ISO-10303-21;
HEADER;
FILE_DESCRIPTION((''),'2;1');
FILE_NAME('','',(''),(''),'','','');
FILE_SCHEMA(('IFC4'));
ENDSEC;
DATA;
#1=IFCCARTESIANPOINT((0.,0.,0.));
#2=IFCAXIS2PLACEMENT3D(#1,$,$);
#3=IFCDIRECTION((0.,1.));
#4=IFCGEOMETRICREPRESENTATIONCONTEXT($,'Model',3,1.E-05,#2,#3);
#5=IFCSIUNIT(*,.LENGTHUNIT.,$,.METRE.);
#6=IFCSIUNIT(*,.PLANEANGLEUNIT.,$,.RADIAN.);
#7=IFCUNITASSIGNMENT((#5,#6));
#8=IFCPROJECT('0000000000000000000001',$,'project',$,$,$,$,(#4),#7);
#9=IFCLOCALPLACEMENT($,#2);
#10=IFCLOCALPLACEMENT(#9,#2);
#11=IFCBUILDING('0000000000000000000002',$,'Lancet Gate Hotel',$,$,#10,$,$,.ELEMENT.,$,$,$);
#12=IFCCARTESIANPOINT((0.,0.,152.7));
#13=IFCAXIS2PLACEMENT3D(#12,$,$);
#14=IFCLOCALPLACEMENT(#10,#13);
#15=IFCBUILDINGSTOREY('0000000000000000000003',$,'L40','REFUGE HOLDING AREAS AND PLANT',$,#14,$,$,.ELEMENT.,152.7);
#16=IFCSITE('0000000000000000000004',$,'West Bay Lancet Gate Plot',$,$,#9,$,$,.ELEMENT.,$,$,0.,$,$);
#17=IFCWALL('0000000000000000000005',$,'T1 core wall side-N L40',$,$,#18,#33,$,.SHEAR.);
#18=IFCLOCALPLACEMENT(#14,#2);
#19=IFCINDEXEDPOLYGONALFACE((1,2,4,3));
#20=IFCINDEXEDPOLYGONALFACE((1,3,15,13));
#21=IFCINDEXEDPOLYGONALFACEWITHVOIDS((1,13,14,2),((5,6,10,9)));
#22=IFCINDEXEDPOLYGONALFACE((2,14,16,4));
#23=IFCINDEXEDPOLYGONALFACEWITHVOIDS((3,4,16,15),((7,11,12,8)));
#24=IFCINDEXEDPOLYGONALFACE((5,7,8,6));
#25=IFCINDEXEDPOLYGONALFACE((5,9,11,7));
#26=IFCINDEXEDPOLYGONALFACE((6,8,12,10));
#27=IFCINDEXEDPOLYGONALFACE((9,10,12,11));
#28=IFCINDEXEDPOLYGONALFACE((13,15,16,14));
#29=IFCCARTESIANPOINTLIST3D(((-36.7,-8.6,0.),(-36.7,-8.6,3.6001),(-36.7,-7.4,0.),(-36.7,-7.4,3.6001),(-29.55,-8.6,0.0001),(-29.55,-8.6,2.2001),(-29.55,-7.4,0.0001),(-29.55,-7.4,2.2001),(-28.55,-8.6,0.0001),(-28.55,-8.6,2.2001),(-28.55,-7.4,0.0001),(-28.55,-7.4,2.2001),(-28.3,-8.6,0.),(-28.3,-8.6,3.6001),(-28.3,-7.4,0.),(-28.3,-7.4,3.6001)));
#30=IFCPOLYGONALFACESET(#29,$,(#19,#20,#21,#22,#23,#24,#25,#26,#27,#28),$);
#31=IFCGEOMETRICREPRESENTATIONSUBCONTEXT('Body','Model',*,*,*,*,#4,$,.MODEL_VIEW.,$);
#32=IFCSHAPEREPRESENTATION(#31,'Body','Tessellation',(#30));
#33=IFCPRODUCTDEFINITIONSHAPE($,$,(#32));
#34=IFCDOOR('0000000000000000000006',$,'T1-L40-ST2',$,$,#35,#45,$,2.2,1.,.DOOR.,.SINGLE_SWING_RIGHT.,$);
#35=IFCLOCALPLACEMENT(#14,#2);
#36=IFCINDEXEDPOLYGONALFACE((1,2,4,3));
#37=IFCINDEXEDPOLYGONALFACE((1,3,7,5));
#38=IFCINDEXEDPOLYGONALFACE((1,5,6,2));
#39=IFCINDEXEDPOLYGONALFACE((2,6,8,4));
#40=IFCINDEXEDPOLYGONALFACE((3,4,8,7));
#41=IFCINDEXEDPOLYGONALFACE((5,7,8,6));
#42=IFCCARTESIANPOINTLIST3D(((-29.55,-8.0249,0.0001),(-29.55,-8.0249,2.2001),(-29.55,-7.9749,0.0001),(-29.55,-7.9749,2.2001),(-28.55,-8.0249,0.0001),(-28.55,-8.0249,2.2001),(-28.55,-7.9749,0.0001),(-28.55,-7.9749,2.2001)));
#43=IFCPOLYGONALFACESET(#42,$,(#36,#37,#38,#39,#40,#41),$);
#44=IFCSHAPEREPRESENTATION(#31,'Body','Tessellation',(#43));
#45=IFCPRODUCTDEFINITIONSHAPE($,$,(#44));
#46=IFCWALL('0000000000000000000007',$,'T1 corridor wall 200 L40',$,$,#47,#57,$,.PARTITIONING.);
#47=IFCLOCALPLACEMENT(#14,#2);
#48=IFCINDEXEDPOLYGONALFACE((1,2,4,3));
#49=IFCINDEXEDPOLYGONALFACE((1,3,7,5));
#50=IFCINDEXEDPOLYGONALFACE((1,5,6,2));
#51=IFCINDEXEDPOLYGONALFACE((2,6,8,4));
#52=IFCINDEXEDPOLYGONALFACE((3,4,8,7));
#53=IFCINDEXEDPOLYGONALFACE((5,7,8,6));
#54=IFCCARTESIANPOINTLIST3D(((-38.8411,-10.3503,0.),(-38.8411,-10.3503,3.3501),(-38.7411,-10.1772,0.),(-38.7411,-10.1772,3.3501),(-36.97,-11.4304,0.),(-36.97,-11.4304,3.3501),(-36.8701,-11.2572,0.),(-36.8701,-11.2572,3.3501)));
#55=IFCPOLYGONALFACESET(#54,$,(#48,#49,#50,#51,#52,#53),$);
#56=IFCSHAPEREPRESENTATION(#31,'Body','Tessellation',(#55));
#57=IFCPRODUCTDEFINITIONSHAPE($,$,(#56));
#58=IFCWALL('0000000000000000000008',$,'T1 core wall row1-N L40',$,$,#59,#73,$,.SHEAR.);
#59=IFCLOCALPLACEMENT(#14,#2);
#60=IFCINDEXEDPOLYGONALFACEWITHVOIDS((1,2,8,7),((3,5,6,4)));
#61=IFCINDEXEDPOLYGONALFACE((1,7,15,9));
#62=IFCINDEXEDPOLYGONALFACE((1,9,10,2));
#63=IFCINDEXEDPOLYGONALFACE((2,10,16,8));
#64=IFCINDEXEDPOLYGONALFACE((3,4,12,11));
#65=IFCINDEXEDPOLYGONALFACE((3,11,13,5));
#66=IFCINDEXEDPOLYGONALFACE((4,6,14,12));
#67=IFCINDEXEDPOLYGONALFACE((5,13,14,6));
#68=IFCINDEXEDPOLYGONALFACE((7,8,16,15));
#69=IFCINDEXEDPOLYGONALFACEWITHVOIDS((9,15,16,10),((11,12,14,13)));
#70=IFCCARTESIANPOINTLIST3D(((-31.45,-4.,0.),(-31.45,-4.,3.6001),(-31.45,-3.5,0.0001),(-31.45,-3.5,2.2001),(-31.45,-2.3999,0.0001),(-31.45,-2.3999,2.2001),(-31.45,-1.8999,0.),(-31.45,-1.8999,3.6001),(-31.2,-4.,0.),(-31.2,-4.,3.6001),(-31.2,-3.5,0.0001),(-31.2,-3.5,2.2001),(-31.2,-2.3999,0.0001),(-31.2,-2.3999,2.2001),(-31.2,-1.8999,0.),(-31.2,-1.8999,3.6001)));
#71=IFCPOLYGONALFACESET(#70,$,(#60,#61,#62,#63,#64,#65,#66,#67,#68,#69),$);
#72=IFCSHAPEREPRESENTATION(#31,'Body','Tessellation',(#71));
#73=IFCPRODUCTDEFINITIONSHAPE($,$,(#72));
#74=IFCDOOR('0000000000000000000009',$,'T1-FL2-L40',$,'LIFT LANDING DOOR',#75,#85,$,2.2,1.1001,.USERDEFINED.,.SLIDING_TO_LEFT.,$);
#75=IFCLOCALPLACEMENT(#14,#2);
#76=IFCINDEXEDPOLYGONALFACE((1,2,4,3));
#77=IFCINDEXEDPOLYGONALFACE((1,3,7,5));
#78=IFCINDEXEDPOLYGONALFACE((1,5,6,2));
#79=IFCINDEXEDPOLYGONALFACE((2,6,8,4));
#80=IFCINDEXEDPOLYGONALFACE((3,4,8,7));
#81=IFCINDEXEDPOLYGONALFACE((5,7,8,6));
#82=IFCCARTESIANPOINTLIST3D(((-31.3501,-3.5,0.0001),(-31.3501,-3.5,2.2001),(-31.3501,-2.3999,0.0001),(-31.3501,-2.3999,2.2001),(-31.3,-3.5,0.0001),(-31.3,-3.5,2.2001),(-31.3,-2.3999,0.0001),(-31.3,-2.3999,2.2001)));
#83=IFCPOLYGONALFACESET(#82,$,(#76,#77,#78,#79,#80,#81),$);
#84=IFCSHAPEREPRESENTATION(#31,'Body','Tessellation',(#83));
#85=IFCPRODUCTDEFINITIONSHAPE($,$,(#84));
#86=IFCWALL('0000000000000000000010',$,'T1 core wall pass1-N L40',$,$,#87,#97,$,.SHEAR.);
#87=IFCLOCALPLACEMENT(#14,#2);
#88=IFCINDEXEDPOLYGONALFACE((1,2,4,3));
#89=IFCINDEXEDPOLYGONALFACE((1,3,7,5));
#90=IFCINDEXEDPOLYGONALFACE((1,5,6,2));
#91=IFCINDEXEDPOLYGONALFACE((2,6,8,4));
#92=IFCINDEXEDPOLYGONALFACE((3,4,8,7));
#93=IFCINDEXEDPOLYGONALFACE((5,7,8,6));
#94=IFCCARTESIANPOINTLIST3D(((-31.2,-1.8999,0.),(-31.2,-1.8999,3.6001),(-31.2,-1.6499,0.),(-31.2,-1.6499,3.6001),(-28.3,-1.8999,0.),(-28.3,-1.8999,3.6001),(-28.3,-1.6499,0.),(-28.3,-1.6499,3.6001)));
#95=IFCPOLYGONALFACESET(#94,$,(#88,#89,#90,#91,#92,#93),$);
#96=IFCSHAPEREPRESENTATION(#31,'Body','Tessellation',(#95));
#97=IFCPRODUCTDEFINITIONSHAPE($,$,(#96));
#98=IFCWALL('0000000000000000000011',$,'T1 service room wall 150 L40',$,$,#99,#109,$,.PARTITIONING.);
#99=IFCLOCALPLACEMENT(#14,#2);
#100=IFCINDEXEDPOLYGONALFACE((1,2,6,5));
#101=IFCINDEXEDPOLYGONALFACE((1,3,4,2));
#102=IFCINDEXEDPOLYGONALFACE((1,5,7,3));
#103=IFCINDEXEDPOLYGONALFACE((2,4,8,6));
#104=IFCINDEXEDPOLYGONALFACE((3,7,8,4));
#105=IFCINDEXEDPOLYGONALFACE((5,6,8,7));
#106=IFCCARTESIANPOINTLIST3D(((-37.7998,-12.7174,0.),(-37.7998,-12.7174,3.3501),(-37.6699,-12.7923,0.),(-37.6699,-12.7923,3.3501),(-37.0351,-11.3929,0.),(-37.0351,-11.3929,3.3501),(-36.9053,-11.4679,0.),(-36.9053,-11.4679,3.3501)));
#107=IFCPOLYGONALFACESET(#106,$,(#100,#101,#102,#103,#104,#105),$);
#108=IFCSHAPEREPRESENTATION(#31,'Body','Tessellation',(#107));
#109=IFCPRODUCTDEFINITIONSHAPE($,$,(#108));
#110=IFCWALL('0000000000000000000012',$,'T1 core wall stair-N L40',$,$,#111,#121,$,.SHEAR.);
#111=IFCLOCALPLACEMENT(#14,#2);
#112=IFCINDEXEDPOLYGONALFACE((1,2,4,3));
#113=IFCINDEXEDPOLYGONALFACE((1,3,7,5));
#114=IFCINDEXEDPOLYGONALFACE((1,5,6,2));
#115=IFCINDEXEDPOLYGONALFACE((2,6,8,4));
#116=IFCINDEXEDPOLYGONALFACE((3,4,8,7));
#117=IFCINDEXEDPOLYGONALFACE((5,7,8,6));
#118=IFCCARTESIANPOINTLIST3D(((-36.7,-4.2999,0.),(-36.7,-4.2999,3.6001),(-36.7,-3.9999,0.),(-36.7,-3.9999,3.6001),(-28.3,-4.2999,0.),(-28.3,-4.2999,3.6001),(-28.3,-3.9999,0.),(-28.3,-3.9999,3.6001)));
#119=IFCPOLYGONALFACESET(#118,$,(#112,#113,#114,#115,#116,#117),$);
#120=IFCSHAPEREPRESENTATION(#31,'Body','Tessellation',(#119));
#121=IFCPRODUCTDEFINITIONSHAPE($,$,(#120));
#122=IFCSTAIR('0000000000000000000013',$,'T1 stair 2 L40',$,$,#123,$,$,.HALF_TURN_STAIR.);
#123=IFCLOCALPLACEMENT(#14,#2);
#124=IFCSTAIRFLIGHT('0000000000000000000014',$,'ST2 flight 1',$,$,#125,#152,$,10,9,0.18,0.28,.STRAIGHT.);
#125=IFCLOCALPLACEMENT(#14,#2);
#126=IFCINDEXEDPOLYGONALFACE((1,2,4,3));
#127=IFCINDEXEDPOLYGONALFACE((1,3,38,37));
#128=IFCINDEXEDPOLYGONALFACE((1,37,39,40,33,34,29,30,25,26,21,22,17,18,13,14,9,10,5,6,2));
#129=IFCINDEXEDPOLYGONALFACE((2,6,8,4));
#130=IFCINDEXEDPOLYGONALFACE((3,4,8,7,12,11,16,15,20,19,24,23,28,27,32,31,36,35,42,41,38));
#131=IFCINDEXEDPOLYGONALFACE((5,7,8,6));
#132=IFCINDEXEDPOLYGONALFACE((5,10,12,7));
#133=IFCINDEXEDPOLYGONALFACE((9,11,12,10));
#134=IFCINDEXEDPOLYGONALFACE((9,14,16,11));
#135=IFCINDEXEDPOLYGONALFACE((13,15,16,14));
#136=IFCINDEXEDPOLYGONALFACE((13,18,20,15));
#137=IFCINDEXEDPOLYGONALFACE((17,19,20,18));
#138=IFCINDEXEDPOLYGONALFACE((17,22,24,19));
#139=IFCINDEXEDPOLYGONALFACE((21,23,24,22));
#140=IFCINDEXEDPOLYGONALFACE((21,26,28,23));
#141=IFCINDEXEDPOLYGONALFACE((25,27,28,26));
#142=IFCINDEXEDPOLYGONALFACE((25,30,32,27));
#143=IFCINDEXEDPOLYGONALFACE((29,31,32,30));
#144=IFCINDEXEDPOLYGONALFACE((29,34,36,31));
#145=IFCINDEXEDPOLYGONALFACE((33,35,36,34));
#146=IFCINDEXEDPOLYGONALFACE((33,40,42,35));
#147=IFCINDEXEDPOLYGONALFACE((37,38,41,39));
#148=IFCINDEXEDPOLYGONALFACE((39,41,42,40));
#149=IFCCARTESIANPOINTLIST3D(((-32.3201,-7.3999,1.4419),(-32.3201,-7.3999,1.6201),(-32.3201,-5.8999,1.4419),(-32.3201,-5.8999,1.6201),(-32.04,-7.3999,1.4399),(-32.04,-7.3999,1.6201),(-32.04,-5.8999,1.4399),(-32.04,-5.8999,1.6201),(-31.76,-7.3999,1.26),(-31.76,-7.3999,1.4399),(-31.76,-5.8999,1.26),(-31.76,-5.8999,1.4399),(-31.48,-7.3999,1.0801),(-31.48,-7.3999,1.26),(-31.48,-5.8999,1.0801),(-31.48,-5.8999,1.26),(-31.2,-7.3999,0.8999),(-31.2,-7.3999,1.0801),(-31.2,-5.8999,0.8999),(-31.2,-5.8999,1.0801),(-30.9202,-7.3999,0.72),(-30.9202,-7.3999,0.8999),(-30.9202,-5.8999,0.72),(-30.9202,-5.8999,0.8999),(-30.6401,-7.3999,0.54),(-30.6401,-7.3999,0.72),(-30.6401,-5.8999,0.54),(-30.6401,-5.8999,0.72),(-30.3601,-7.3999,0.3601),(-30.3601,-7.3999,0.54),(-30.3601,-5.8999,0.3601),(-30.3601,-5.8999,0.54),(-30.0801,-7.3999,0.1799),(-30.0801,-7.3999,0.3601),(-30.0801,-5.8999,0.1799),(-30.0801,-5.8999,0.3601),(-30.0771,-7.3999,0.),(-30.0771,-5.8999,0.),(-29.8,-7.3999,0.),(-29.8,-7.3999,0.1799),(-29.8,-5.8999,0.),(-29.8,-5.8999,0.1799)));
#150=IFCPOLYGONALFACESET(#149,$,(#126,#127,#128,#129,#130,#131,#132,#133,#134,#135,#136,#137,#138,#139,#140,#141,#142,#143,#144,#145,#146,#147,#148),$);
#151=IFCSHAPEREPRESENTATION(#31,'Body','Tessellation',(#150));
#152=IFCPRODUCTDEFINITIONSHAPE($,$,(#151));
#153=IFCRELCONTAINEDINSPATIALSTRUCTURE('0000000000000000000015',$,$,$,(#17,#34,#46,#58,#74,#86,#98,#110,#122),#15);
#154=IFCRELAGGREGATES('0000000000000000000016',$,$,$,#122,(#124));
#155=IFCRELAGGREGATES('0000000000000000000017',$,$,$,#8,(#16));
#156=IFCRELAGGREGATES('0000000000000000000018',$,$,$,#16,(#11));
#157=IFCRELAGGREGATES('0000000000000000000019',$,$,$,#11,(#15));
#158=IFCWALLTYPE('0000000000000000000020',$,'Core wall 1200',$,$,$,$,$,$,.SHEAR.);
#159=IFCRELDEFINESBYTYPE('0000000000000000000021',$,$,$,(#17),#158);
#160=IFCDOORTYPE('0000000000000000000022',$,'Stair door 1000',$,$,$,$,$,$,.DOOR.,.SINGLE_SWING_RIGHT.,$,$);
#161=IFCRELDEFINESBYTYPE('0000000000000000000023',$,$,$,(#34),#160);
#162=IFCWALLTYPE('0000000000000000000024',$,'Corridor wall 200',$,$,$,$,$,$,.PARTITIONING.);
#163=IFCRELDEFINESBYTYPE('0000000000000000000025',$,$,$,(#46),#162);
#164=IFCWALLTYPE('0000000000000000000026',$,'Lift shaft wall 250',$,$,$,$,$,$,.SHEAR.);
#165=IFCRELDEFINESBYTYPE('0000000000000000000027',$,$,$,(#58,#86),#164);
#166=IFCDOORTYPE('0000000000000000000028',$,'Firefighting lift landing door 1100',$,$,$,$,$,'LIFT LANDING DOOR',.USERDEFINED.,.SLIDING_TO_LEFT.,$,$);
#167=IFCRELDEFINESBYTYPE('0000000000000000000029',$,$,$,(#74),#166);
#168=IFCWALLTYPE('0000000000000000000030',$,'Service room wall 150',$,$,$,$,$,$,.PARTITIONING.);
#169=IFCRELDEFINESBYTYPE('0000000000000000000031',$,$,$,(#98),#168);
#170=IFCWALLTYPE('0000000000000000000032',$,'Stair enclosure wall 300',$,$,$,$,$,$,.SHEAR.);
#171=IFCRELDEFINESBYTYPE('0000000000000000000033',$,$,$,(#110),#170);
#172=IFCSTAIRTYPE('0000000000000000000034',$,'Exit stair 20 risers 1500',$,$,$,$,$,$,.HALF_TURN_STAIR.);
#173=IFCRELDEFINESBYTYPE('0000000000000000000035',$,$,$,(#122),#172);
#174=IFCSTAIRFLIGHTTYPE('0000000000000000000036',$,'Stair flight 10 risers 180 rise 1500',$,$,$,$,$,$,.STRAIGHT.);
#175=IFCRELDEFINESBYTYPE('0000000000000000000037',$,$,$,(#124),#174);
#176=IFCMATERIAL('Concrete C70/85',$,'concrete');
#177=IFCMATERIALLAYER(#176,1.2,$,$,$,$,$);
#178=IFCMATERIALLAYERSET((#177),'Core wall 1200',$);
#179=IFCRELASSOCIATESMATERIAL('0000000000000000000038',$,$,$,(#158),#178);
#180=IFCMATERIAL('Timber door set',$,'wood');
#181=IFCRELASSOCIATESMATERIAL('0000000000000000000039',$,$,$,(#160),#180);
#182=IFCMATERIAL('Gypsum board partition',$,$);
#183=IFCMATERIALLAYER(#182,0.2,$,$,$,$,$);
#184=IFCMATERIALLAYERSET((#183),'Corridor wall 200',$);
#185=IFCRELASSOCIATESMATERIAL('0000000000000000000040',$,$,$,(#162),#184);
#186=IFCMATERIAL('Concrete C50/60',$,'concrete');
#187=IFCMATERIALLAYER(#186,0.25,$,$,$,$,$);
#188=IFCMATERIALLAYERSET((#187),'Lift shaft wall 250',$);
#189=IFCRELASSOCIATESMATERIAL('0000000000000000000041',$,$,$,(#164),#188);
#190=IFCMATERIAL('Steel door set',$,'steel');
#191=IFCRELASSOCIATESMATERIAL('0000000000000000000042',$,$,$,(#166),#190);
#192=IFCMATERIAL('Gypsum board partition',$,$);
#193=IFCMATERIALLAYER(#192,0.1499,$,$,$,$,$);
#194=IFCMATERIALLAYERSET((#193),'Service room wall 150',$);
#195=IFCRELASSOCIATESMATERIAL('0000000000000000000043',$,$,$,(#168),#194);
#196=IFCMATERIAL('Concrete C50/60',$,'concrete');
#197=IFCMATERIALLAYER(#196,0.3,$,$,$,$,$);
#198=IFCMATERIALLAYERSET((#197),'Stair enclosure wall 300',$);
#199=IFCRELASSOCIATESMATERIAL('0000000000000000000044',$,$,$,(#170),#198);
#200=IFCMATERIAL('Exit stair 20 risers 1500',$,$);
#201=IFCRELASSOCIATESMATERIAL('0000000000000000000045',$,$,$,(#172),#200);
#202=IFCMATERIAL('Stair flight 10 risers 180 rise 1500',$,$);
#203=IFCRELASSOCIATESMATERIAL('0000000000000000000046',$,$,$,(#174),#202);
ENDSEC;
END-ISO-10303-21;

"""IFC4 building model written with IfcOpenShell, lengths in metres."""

from ifc_helpers import new_model, si_unit, direction, frame, frame_2d, origin, place, context, subcontext, project, spatial, polyline, rectangle, outline, extrude, material, layer, layer_set, type_object, element, fill, aggregate, save


model = new_model("IFC4")

# Units and contexts
model_context = context("Model", 3, precision=1e-05, world=origin(), true_north=direction((0.0, 1.0)))
body_context = subcontext(model_context, "Body", "Model", "MODEL_VIEW")
ifc_project = project(units=[si_unit("LENGTHUNIT", "METRE"), si_unit("PLANEANGLEUNIT", "RADIAN")], contexts=[model_context])

# Site, building, storey
site_placement = place(None, origin())
site = spatial("IfcSite", under=ifc_project, at=site_placement, Name="West Bay Lancet Gate Plot", CompositionType="ELEMENT", RefElevation=0.0)
building_placement = place(site_placement, origin())
building = spatial("IfcBuilding", under=site, at=building_placement, Name="Lancet Gate Hotel", CompositionType="ELEMENT")
storey_placement = place(building_placement, frame((0.0, 0.0, 152.7)))
storey = spatial("IfcBuildingStorey", under=building, at=storey_placement, Name="L40", Description="REFUGE HOLDING AREAS AND PLANT", CompositionType="ELEMENT", Elevation=152.7)

# Wall, opening, door
ifc_material_1 = material(Name="Concrete C70/85", Category="concrete")
ifc_layer_1 = layer(ifc_material_1, 1.2)
ifc_layer_set_1 = layer_set([ifc_layer_1], Name="Core wall 1200")
wall_type_1 = type_object("IfcWallType", Name="Core wall 1200", PredefinedType="SHEAR", material=ifc_layer_set_1)
wall_1_placement = place(storey_placement, frame((-28.3, -8.0, 0.0), z_axis=(0.0, 0.0, 1.0), x_axis=(-1.0, 0.0, 0.0)))
wall_1 = element("IfcWall", 1, at=wall_1_placement, inside=storey, type_object=wall_type_1, Name="T1 core wall side-N L40", PredefinedType="SHEAR", context=body_context, shape_type="SweptSolid", body=[
    extrude(rectangle(XDim=8.3999, YDim=1.2, at=frame_2d((4.2, 0.0))), origin(), (0.0, 0.0, 1.0), 3.6001),
])
opening_1_placement = place(wall_1_placement, frame((0.25, 0.0, 0.0)))
opening_1 = element("IfcOpeningElement", 2, at=opening_1_placement, cuts=wall_1, PredefinedType="OPENING", context=body_context, shape_type="SweptSolid", body=[
    extrude(rectangle(XDim=1.0, YDim=2.2, at=frame_2d((0.5, 1.1001))), frame((0.0, 0.6099, 0.0), z_axis=(0.0, -1.0, 0.0), x_axis=(1.0, 0.0, 0.0)), (0.0, 0.0, 1.0), 1.22),
])
ifc_material_2 = material(Name="Timber door set", Category="wood")
door_type_1 = type_object("IfcDoorType", Name="Stair door 1000", OperationType="SINGLE_SWING_RIGHT", PredefinedType="DOOR", material=ifc_material_2)
door_1_placement = place(opening_1_placement, origin())
door_1 = element("IfcDoor", 3, at=door_1_placement, inside=storey, type_object=door_type_1, Name="T1-L40-ST2", OperationType="SINGLE_SWING_RIGHT", OverallHeight=2.2, OverallWidth=1.0, PredefinedType="DOOR", context=body_context, shape_type="SweptSolid", body=[
    extrude(rectangle(XDim=1.0, YDim=2.2, at=frame_2d((0.5, 1.1001))), frame((0.0, 0.0249, 0.0), z_axis=(0.0, -1.0, 0.0), x_axis=(1.0, 0.0, 0.0)), (0.0, 0.0, 1.0), 0.05),
])
fill(opening_1, door_1)

# Wall
ifc_material_3 = material(Name="Gypsum board partition")
ifc_layer_2 = layer(ifc_material_3, 0.2)
ifc_layer_set_2 = layer_set([ifc_layer_2], Name="Corridor wall 200")
wall_type_2 = type_object("IfcWallType", Name="Corridor wall 200", PredefinedType="PARTITIONING", material=ifc_layer_set_2)
wall_2_placement = place(storey_placement, frame((-36.9202, -11.3438, 0.0), z_axis=(0.0, 0.0, 1.0), x_axis=(-0.866065, 0.499931, 0.0)))
element("IfcWall", 4, at=wall_2_placement, inside=storey, type_object=wall_type_2, Name="T1 corridor wall 200 L40", PredefinedType="PARTITIONING", context=body_context, shape_type="SweptSolid", body=[
    extrude(rectangle(XDim=2.1604, YDim=0.2, at=frame_2d((1.0801, 0.0))), origin(), (0.0, 0.0, 1.0), 3.3501),
])

# Wall, opening, door
ifc_material_4 = material(Name="Concrete C50/60", Category="concrete")
ifc_layer_3 = layer(ifc_material_4, 0.25)
ifc_layer_set_3 = layer_set([ifc_layer_3], Name="Lift shaft wall 250")
wall_type_3 = type_object("IfcWallType", Name="Lift shaft wall 250", PredefinedType="SHEAR", material=ifc_layer_set_3)
wall_3_placement = place(storey_placement, frame((-31.325, -1.8999, 0.0), z_axis=(0.0, 0.0, 1.0), x_axis=(0.0, -1.0, 0.0)))
wall_3 = element("IfcWall", 5, at=wall_3_placement, inside=storey, type_object=wall_type_3, Name="T1 core wall row1-N L40", PredefinedType="SHEAR", context=body_context, shape_type="SweptSolid", body=[
    extrude(rectangle(XDim=2.1001, YDim=0.25, at=frame_2d((1.05, 0.0))), origin(), (0.0, 0.0, 1.0), 3.6001),
])
opening_2_placement = place(wall_3_placement, frame((0.5, 0.0, 0.0)))
opening_2 = element("IfcOpeningElement", 6, at=opening_2_placement, cuts=wall_3, PredefinedType="OPENING", context=body_context, shape_type="SweptSolid", body=[
    extrude(rectangle(XDim=1.1001, YDim=2.2, at=frame_2d((0.55, 1.1001))), frame((0.0, 0.135, 0.0), z_axis=(0.0, -1.0, 0.0), x_axis=(1.0, 0.0, 0.0)), (0.0, 0.0, 1.0), 0.27),
])
ifc_material_5 = material(Name="Steel door set", Category="steel")
door_type_2 = type_object("IfcDoorType", Name="Firefighting lift landing door 1100", ElementType="LIFT LANDING DOOR", OperationType="SLIDING_TO_LEFT", PredefinedType="USERDEFINED", material=ifc_material_5)
door_2_placement = place(opening_2_placement, origin())
door_2 = element("IfcDoor", 7, at=door_2_placement, inside=storey, type_object=door_type_2, Name="T1-FL2-L40", ObjectType="LIFT LANDING DOOR", OperationType="SLIDING_TO_LEFT", OverallHeight=2.2, OverallWidth=1.1001, PredefinedType="USERDEFINED", context=body_context, shape_type="SweptSolid", body=[
    extrude(rectangle(XDim=1.1001, YDim=2.2, at=frame_2d((0.55, 1.1001))), frame((0.0, 0.0249, 0.0), z_axis=(0.0, -1.0, 0.0), x_axis=(1.0, 0.0, 0.0)), (0.0, 0.0, 1.0), 0.05),
])
fill(opening_2, door_2)

# Walls
wall_4_placement = place(storey_placement, frame((-28.3, -1.7749, 0.0), z_axis=(0.0, 0.0, 1.0), x_axis=(-1.0, 0.0, 0.0)))
element("IfcWall", 8, at=wall_4_placement, inside=storey, type_object=wall_type_3, Name="T1 core wall pass1-N L40", PredefinedType="SHEAR", context=body_context, shape_type="SweptSolid", body=[
    extrude(rectangle(XDim=2.8999, YDim=0.25, at=frame_2d((1.45, 0.0))), origin(), (0.0, 0.0, 1.0), 3.6001),
])
ifc_material_6 = material(Name="Gypsum board partition")
ifc_layer_4 = layer(ifc_material_6, 0.1499)
ifc_layer_set_4 = layer_set([ifc_layer_4], Name="Service room wall 150")
wall_type_4 = type_object("IfcWallType", Name="Service room wall 150", PredefinedType="PARTITIONING", material=ifc_layer_set_4)
wall_5_placement = place(storey_placement, frame((-36.9702, -11.4304, 0.0), z_axis=(0.0, 0.0, 1.0), x_axis=(-0.499985, -0.866034, 0.0)))
element("IfcWall", 9, at=wall_5_placement, inside=storey, type_object=wall_type_4, Name="T1 service room wall 150 L40", PredefinedType="PARTITIONING", context=body_context, shape_type="SweptSolid", body=[
    extrude(rectangle(XDim=1.5293, YDim=0.1499, at=frame_2d((0.7646, 0.0))), origin(), (0.0, 0.0, 1.0), 3.3501),
])
ifc_material_7 = material(Name="Concrete C50/60", Category="concrete")
ifc_layer_5 = layer(ifc_material_7, 0.3)
ifc_layer_set_5 = layer_set([ifc_layer_5], Name="Stair enclosure wall 300")
wall_type_5 = type_object("IfcWallType", Name="Stair enclosure wall 300", PredefinedType="SHEAR", material=ifc_layer_set_5)
wall_6_placement = place(storey_placement, frame((-28.3, -4.1499, 0.0), z_axis=(0.0, 0.0, 1.0), x_axis=(-1.0, 0.0, 0.0)))
element("IfcWall", 10, at=wall_6_placement, inside=storey, type_object=wall_type_5, Name="T1 core wall stair-N L40", PredefinedType="SHEAR", context=body_context, shape_type="SweptSolid", body=[
    extrude(rectangle(XDim=8.3999, YDim=0.3, at=frame_2d((4.2, 0.0))), origin(), (0.0, 0.0, 1.0), 3.6001),
])

# Stair, stair flight
ifc_material_8 = material(Name="Exit stair 20 risers 1500")
stair_type = type_object("IfcStairType", Name="Exit stair 20 risers 1500", PredefinedType="HALF_TURN_STAIR", material=ifc_material_8)
stair_placement = place(storey_placement, origin())
stair = element("IfcStair", 11, at=stair_placement, inside=storey, type_object=stair_type, Name="T1 stair 2 L40", PredefinedType="HALF_TURN_STAIR")
ifc_material_9 = material(Name="Stair flight 10 risers 180 rise 1500")
stair_flight_type = type_object("IfcStairFlightType", Name="Stair flight 10 risers 180 rise 1500", PredefinedType="STRAIGHT", material=ifc_material_9)
stair_flight_1_placement = place(storey_placement, frame((-29.8, -6.6499, 0.0), z_axis=(0.0, 0.0, 1.0), x_axis=(-1.0, 0.0, 0.0)))
stair_flight_1 = element("IfcStairFlight", 12, at=stair_flight_1_placement, type_object=stair_flight_type, Name="ST2 flight 1", NumberOfRisers=10, NumberOfTreads=9, PredefinedType="STRAIGHT", RiserHeight=0.18, TreadLength=0.28, context=body_context, shape_type="SweptSolid", body=[
    extrude(outline(polyline([(0.0, 0.0), (0.0, 0.1799), (0.28, 0.1799), (0.28, 0.3601), (0.5601, 0.3601), (0.5601, 0.54), (0.8401, 0.54), (0.8401, 0.72), (1.1201, 0.72), (1.1201, 0.8999), (1.3999, 0.8999), (1.3999, 1.0801), (1.6799, 1.0801), (1.6799, 1.26), (1.96, 1.26), (1.96, 1.4399), (2.24, 1.4399), (2.24, 1.6201), (2.52, 1.6201), (2.52, 1.8), (2.52, 1.4419), (0.2771, 0.0), (0.0, 0.0)])), frame((0.0, 0.75, 0.0), z_axis=(0.0, -1.0, 0.0), x_axis=(1.0, 0.0, 0.0)), (0.0, 0.0, 1.0), 1.5),
])
aggregate(stair, [stair_flight_1])

save(model, "model.ifc")
